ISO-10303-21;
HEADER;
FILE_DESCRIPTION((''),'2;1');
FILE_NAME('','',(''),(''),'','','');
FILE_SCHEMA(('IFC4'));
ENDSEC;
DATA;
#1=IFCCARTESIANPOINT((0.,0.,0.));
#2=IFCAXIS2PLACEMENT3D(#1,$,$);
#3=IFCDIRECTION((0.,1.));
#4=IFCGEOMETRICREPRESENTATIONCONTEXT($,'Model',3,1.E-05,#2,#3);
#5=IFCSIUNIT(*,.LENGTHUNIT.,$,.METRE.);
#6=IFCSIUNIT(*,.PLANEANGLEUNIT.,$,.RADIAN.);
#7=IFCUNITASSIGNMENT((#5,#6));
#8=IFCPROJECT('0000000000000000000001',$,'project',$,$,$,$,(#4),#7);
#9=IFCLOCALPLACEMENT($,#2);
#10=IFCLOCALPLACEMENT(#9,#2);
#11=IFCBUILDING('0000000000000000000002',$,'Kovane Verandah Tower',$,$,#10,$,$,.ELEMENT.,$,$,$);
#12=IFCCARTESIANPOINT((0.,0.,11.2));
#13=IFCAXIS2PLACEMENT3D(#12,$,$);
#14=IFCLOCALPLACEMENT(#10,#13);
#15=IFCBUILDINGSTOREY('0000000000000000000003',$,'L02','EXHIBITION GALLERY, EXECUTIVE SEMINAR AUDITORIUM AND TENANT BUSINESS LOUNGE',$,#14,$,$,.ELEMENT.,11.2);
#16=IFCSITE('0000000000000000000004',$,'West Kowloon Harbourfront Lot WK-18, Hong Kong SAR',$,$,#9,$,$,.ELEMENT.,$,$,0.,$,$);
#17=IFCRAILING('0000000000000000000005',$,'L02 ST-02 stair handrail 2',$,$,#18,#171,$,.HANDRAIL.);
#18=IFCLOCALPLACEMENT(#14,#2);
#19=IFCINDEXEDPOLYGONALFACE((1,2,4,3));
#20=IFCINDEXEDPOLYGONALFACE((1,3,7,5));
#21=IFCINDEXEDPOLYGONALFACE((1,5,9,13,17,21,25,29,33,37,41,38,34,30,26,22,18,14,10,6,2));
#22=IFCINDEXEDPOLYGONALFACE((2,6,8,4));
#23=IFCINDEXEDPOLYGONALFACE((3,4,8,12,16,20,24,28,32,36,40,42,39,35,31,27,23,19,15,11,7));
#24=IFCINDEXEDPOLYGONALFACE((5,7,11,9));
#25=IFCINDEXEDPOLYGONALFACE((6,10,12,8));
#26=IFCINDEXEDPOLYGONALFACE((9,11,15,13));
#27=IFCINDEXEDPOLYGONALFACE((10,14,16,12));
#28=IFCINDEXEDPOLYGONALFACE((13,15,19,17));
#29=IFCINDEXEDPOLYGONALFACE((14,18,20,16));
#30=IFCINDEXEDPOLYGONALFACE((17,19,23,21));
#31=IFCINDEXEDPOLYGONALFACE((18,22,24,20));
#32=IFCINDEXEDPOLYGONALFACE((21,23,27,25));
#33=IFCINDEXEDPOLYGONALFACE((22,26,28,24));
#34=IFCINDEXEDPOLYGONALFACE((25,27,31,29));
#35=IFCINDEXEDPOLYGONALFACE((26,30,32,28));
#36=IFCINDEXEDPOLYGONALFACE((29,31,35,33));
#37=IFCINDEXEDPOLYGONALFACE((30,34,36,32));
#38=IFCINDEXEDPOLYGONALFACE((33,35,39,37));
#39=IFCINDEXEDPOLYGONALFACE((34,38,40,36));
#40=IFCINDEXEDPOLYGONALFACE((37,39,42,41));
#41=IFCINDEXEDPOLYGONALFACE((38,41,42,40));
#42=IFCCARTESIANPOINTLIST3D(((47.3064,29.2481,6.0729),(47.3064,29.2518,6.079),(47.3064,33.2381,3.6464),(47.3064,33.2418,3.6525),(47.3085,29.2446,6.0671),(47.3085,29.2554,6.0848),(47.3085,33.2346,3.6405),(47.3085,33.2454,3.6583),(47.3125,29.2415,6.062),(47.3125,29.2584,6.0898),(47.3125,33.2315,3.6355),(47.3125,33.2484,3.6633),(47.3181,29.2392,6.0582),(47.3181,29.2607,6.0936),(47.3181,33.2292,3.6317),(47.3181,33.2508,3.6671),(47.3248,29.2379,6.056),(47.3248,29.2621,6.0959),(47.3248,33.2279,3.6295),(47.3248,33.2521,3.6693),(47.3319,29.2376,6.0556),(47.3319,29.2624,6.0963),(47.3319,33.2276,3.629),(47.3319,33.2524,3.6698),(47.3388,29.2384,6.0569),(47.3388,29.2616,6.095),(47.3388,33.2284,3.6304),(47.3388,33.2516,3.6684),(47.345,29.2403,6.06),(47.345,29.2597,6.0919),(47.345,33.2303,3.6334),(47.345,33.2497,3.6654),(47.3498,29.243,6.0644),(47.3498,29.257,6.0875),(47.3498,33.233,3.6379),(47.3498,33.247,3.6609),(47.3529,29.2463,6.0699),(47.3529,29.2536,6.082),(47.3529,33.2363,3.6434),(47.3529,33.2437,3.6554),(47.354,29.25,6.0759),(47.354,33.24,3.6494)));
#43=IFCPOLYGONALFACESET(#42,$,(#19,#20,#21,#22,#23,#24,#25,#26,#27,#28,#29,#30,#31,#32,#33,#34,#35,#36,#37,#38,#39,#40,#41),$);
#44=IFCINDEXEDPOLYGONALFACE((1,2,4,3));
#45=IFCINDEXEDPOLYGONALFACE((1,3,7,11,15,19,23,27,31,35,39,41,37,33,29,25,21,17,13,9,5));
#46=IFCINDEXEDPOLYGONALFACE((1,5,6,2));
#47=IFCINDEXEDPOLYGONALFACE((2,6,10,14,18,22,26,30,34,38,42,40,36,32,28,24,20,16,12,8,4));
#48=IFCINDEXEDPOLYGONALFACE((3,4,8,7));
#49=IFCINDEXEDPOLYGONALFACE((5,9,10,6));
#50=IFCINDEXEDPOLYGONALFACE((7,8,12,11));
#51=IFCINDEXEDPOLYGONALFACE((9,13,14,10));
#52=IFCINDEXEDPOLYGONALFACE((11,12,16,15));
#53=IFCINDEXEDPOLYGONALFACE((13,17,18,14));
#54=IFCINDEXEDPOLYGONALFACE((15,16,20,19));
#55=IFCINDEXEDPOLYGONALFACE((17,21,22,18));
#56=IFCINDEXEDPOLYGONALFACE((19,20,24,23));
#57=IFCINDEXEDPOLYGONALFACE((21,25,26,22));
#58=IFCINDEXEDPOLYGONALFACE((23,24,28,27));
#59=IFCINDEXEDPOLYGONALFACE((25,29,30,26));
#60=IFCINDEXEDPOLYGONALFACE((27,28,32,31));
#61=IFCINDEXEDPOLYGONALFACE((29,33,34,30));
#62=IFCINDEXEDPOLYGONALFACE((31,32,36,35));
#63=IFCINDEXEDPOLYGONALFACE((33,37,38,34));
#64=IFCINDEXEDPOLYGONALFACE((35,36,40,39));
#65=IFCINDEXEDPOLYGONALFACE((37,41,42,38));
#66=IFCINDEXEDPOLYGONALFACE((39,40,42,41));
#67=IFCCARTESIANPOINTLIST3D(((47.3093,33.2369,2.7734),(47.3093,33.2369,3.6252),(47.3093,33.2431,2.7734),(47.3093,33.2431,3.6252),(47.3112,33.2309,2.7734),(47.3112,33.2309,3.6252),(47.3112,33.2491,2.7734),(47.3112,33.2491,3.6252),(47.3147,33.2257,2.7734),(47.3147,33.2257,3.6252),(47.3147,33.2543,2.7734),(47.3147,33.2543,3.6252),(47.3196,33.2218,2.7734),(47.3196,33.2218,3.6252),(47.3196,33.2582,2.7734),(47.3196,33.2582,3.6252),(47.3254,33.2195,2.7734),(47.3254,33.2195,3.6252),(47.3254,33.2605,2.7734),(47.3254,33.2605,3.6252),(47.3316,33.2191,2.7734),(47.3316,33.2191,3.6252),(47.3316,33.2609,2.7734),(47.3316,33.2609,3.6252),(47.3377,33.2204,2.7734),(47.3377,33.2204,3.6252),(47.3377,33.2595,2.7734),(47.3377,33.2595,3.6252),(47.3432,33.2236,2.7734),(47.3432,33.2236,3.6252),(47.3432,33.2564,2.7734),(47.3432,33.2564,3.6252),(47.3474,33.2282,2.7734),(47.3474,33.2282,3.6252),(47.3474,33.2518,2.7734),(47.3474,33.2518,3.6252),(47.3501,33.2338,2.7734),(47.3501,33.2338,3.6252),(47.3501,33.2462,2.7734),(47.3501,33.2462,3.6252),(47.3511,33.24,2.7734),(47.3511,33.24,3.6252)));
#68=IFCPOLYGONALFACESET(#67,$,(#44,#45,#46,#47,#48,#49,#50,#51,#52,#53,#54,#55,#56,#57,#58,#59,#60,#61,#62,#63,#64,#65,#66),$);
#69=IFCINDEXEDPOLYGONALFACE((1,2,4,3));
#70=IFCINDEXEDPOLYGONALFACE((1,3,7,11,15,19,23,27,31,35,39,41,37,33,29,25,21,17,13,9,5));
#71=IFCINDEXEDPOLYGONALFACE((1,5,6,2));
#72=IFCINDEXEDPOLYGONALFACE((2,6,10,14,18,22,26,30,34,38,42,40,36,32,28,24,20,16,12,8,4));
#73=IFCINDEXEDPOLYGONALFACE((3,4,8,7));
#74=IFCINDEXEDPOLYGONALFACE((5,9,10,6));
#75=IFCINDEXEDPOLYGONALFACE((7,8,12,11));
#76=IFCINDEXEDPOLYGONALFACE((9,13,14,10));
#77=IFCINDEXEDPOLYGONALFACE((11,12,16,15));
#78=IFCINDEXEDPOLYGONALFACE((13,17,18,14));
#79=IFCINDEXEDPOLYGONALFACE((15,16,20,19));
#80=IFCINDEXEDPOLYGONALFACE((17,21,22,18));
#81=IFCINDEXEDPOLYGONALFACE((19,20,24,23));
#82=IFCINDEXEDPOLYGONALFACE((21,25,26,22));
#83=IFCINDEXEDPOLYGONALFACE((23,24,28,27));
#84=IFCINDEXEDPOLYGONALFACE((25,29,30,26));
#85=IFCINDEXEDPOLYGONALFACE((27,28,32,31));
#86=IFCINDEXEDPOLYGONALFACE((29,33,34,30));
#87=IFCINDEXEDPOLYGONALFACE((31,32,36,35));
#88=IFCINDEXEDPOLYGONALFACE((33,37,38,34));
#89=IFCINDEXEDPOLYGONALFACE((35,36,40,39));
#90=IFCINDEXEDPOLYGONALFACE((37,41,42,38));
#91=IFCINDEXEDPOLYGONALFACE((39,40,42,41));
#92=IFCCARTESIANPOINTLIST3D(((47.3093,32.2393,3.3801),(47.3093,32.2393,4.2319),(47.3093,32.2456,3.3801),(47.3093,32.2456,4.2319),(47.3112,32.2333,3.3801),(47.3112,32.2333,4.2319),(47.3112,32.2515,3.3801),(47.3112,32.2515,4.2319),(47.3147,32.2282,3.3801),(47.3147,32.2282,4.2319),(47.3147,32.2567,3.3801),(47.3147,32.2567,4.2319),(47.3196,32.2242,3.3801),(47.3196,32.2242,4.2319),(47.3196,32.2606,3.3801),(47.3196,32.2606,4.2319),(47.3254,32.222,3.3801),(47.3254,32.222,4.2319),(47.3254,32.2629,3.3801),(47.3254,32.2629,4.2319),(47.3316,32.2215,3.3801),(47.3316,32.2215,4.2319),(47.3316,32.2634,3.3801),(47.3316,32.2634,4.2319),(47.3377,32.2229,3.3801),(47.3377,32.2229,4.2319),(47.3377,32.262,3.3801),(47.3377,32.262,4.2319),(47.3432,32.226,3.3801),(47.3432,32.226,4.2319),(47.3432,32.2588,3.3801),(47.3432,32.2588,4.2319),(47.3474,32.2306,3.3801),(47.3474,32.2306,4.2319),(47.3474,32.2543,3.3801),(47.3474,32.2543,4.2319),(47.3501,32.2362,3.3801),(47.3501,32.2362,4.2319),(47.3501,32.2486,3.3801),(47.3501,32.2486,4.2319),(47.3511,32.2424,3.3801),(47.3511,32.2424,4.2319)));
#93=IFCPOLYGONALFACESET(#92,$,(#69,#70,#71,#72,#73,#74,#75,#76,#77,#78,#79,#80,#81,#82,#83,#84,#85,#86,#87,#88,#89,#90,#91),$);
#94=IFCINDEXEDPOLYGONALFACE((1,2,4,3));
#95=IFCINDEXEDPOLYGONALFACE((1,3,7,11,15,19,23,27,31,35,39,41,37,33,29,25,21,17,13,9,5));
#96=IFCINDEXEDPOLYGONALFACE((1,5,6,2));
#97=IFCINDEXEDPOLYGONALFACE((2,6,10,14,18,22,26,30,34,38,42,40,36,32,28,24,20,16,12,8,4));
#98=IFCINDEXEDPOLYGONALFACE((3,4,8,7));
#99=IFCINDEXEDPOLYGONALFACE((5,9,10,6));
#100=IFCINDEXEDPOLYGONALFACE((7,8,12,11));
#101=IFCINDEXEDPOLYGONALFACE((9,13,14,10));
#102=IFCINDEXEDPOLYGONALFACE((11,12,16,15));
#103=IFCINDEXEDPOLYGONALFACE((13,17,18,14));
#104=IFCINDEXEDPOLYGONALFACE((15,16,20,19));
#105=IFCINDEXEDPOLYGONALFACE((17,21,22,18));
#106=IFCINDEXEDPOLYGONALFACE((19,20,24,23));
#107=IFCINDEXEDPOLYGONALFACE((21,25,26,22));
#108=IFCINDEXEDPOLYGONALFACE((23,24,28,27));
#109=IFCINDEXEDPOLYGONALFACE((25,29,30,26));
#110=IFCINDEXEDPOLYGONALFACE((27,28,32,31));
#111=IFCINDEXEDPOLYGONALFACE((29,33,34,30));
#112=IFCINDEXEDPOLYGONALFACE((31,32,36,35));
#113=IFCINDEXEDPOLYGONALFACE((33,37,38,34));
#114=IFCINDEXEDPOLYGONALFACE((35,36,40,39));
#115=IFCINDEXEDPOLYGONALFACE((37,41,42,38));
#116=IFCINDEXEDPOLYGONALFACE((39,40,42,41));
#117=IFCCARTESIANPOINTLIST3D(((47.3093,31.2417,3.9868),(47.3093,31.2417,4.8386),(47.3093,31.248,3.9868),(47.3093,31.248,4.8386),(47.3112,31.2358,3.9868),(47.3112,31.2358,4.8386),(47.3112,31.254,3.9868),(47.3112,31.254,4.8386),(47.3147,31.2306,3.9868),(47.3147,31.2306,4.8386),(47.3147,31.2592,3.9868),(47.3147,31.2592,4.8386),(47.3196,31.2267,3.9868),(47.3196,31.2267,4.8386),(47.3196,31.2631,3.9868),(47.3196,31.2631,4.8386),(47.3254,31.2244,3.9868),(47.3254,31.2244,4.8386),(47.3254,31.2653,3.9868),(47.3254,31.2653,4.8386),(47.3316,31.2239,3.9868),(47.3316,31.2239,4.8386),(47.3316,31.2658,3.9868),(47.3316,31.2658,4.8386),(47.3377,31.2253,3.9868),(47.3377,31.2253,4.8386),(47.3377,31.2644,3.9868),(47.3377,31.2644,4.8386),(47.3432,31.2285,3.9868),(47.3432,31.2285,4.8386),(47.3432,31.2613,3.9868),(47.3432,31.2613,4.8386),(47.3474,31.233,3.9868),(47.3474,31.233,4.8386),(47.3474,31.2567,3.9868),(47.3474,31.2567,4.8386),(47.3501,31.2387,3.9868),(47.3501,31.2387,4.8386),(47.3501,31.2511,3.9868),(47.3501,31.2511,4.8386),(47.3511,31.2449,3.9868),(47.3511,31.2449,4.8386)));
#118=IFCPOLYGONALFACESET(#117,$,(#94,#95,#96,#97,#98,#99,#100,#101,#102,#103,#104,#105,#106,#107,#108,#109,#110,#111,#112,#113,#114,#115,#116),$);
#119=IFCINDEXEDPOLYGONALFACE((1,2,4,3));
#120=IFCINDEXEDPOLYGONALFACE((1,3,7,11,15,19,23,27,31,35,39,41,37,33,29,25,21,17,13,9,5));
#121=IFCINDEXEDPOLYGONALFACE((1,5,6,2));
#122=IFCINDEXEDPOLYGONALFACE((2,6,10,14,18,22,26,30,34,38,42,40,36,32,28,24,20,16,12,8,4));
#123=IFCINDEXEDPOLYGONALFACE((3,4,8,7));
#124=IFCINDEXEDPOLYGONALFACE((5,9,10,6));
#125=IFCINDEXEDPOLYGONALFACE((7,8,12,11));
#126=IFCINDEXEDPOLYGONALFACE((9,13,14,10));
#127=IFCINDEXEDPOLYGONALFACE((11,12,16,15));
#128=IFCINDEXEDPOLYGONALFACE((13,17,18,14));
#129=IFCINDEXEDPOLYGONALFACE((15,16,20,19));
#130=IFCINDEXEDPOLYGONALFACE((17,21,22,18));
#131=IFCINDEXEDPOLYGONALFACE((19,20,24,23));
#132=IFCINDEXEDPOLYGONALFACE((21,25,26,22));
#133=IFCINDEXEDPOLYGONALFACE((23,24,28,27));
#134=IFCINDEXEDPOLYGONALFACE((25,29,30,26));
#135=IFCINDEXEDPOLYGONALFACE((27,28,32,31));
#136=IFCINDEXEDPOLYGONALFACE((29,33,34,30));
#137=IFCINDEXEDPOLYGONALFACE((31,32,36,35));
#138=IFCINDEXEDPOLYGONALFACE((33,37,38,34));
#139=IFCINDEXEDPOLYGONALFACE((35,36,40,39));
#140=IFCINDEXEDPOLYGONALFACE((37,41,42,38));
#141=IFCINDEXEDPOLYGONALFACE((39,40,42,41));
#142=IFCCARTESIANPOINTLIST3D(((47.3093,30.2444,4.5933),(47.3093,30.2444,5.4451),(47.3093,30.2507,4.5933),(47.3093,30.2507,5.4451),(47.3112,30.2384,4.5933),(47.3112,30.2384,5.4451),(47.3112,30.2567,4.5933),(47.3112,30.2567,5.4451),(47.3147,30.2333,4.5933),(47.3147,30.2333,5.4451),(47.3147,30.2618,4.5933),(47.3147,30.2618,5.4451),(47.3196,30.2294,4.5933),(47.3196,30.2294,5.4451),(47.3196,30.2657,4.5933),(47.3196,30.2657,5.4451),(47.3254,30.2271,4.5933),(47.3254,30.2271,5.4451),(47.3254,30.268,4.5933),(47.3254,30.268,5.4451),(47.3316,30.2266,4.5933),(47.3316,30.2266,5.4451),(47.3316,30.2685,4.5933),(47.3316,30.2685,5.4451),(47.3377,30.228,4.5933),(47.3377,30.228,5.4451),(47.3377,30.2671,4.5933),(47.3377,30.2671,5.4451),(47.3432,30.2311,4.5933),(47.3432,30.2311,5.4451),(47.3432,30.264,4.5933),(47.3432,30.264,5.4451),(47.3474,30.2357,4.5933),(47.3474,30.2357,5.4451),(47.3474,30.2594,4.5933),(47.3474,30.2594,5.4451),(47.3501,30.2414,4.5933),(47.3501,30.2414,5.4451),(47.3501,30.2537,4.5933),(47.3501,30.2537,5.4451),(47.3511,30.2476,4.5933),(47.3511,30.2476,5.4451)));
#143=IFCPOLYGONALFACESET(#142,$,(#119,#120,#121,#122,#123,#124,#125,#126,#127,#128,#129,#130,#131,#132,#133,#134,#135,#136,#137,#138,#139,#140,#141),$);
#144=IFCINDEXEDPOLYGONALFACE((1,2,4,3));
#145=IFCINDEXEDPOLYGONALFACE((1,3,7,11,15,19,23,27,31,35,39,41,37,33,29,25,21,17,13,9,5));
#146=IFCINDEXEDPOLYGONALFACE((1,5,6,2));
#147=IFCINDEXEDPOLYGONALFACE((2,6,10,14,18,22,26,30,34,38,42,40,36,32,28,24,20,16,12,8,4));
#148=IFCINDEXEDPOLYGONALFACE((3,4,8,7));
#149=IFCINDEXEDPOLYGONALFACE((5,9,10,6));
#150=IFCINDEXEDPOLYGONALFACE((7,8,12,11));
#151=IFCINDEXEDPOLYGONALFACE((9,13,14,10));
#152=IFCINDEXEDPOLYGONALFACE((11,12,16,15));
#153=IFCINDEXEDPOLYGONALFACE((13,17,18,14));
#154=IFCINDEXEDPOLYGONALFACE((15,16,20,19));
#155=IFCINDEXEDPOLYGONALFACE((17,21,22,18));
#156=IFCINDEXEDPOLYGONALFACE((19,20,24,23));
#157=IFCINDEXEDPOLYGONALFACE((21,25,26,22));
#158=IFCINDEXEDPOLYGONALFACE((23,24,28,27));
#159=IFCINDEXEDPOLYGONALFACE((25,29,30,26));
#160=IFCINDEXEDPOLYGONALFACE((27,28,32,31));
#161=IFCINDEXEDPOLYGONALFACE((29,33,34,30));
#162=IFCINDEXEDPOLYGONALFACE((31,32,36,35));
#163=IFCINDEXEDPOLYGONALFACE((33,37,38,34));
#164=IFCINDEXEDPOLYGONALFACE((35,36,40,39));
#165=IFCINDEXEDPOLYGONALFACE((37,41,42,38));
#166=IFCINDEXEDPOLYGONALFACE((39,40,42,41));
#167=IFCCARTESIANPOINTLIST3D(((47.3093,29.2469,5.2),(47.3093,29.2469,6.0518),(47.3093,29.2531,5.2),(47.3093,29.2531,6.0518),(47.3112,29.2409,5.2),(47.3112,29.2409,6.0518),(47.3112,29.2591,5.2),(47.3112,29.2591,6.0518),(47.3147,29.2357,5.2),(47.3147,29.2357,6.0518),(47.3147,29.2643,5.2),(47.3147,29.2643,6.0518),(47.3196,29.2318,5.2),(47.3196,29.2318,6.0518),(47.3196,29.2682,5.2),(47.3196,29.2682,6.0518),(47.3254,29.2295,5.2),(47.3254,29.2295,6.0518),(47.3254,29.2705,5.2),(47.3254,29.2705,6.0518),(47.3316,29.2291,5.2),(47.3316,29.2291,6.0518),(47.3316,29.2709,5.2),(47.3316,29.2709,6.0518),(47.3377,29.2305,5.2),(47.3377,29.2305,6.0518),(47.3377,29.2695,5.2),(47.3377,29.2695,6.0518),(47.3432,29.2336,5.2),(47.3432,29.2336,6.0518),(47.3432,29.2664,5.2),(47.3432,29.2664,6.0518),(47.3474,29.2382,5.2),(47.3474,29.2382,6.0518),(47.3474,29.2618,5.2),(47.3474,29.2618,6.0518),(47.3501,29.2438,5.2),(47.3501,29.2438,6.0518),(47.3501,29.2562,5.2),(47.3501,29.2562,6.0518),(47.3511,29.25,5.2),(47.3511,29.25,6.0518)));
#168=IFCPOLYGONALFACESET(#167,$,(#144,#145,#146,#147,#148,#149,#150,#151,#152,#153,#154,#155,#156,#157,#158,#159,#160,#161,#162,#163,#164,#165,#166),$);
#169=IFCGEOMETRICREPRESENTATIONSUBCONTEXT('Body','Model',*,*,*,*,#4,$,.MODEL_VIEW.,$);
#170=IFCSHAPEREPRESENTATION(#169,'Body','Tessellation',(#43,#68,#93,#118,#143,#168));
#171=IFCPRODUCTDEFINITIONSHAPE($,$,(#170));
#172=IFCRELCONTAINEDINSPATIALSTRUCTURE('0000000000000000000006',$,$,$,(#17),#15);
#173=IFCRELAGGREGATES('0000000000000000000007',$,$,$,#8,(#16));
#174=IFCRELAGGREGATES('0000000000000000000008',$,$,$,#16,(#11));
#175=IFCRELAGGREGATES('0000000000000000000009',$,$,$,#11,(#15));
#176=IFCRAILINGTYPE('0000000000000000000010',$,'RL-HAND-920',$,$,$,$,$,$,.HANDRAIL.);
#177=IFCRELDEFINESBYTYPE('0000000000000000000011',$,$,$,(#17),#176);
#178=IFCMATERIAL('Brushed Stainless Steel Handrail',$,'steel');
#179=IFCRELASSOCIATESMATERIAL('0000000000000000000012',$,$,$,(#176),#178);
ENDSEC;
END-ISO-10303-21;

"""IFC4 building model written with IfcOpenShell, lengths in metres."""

from ifc_helpers import new_model, si_unit, direction, frame, origin, origin_2d, place, context, subcontext, project, spatial, circle, extrude, material, type_object, element, save


model = new_model("IFC4")

# Units and contexts
model_context = context("Model", 3, precision=1e-05, world=origin(), true_north=direction((0.0, 1.0)))
body_context = subcontext(model_context, "Body", "Model", "MODEL_VIEW")
ifc_project = project(units=[si_unit("LENGTHUNIT", "METRE"), si_unit("PLANEANGLEUNIT", "RADIAN")], contexts=[model_context])

# Site, building, storey
site_placement = place(None, origin())
site = spatial("IfcSite", under=ifc_project, at=site_placement, Name="West Kowloon Harbourfront Lot WK-18, Hong Kong SAR", CompositionType="ELEMENT", RefElevation=0.0)
building_placement = place(site_placement, origin())
building = spatial("IfcBuilding", under=site, at=building_placement, Name="Kovane Verandah Tower", CompositionType="ELEMENT")
storey_placement = place(building_placement, frame((0.0, 0.0, 11.2)))
storey = spatial("IfcBuildingStorey", under=building, at=storey_placement, Name="L02", Description="EXHIBITION GALLERY, EXECUTIVE SEMINAR AUDITORIUM AND TENANT BUSINESS LOUNGE", CompositionType="ELEMENT", Elevation=11.2)

# Railing
ifc_material_1 = material(Name="Brushed Stainless Steel Handrail", Category="steel")
railing_type_1 = type_object("IfcRailingType", Name="RL-HAND-920", PredefinedType="HANDRAIL", material=ifc_material_1)
railing_1_placement = place(storey_placement, frame((47.3301, 33.24, 2.7734)))
element("IfcRailing", 1, at=railing_1_placement, inside=storey, type_object=railing_type_1, Name="L02 ST-02 stair handrail 2", PredefinedType="HANDRAIL", context=body_context, shape_type="SweptSolid", body=[
    extrude(circle(Radius=0.0239, at=origin_2d()), frame((0.0, 0.0, 0.876), z_axis=(0.0, -0.854405, 0.519607), x_axis=(1.0, 0.0, 0.0)), (0.0, 0.0, 1.0), 4.6699),
    extrude(circle(Radius=0.021, at=origin_2d()), origin(), (0.0, 0.0, 1.0), 0.8518),
    extrude(circle(Radius=0.021, at=origin_2d()), frame((0.0, -0.9976, 0.6067)), (0.0, 0.0, 1.0), 0.8518),
    extrude(circle(Radius=0.021, at=origin_2d()), frame((0.0, -1.9951, 1.2134)), (0.0, 0.0, 1.0), 0.8518),
    extrude(circle(Radius=0.021, at=origin_2d()), frame((0.0, -2.9924, 1.8198)), (0.0, 0.0, 1.0), 0.8518),
    extrude(circle(Radius=0.021, at=origin_2d()), frame((0.0, -3.99, 2.4265)), (0.0, 0.0, 1.0), 0.8518),
])

save(model, "model.ifc")
